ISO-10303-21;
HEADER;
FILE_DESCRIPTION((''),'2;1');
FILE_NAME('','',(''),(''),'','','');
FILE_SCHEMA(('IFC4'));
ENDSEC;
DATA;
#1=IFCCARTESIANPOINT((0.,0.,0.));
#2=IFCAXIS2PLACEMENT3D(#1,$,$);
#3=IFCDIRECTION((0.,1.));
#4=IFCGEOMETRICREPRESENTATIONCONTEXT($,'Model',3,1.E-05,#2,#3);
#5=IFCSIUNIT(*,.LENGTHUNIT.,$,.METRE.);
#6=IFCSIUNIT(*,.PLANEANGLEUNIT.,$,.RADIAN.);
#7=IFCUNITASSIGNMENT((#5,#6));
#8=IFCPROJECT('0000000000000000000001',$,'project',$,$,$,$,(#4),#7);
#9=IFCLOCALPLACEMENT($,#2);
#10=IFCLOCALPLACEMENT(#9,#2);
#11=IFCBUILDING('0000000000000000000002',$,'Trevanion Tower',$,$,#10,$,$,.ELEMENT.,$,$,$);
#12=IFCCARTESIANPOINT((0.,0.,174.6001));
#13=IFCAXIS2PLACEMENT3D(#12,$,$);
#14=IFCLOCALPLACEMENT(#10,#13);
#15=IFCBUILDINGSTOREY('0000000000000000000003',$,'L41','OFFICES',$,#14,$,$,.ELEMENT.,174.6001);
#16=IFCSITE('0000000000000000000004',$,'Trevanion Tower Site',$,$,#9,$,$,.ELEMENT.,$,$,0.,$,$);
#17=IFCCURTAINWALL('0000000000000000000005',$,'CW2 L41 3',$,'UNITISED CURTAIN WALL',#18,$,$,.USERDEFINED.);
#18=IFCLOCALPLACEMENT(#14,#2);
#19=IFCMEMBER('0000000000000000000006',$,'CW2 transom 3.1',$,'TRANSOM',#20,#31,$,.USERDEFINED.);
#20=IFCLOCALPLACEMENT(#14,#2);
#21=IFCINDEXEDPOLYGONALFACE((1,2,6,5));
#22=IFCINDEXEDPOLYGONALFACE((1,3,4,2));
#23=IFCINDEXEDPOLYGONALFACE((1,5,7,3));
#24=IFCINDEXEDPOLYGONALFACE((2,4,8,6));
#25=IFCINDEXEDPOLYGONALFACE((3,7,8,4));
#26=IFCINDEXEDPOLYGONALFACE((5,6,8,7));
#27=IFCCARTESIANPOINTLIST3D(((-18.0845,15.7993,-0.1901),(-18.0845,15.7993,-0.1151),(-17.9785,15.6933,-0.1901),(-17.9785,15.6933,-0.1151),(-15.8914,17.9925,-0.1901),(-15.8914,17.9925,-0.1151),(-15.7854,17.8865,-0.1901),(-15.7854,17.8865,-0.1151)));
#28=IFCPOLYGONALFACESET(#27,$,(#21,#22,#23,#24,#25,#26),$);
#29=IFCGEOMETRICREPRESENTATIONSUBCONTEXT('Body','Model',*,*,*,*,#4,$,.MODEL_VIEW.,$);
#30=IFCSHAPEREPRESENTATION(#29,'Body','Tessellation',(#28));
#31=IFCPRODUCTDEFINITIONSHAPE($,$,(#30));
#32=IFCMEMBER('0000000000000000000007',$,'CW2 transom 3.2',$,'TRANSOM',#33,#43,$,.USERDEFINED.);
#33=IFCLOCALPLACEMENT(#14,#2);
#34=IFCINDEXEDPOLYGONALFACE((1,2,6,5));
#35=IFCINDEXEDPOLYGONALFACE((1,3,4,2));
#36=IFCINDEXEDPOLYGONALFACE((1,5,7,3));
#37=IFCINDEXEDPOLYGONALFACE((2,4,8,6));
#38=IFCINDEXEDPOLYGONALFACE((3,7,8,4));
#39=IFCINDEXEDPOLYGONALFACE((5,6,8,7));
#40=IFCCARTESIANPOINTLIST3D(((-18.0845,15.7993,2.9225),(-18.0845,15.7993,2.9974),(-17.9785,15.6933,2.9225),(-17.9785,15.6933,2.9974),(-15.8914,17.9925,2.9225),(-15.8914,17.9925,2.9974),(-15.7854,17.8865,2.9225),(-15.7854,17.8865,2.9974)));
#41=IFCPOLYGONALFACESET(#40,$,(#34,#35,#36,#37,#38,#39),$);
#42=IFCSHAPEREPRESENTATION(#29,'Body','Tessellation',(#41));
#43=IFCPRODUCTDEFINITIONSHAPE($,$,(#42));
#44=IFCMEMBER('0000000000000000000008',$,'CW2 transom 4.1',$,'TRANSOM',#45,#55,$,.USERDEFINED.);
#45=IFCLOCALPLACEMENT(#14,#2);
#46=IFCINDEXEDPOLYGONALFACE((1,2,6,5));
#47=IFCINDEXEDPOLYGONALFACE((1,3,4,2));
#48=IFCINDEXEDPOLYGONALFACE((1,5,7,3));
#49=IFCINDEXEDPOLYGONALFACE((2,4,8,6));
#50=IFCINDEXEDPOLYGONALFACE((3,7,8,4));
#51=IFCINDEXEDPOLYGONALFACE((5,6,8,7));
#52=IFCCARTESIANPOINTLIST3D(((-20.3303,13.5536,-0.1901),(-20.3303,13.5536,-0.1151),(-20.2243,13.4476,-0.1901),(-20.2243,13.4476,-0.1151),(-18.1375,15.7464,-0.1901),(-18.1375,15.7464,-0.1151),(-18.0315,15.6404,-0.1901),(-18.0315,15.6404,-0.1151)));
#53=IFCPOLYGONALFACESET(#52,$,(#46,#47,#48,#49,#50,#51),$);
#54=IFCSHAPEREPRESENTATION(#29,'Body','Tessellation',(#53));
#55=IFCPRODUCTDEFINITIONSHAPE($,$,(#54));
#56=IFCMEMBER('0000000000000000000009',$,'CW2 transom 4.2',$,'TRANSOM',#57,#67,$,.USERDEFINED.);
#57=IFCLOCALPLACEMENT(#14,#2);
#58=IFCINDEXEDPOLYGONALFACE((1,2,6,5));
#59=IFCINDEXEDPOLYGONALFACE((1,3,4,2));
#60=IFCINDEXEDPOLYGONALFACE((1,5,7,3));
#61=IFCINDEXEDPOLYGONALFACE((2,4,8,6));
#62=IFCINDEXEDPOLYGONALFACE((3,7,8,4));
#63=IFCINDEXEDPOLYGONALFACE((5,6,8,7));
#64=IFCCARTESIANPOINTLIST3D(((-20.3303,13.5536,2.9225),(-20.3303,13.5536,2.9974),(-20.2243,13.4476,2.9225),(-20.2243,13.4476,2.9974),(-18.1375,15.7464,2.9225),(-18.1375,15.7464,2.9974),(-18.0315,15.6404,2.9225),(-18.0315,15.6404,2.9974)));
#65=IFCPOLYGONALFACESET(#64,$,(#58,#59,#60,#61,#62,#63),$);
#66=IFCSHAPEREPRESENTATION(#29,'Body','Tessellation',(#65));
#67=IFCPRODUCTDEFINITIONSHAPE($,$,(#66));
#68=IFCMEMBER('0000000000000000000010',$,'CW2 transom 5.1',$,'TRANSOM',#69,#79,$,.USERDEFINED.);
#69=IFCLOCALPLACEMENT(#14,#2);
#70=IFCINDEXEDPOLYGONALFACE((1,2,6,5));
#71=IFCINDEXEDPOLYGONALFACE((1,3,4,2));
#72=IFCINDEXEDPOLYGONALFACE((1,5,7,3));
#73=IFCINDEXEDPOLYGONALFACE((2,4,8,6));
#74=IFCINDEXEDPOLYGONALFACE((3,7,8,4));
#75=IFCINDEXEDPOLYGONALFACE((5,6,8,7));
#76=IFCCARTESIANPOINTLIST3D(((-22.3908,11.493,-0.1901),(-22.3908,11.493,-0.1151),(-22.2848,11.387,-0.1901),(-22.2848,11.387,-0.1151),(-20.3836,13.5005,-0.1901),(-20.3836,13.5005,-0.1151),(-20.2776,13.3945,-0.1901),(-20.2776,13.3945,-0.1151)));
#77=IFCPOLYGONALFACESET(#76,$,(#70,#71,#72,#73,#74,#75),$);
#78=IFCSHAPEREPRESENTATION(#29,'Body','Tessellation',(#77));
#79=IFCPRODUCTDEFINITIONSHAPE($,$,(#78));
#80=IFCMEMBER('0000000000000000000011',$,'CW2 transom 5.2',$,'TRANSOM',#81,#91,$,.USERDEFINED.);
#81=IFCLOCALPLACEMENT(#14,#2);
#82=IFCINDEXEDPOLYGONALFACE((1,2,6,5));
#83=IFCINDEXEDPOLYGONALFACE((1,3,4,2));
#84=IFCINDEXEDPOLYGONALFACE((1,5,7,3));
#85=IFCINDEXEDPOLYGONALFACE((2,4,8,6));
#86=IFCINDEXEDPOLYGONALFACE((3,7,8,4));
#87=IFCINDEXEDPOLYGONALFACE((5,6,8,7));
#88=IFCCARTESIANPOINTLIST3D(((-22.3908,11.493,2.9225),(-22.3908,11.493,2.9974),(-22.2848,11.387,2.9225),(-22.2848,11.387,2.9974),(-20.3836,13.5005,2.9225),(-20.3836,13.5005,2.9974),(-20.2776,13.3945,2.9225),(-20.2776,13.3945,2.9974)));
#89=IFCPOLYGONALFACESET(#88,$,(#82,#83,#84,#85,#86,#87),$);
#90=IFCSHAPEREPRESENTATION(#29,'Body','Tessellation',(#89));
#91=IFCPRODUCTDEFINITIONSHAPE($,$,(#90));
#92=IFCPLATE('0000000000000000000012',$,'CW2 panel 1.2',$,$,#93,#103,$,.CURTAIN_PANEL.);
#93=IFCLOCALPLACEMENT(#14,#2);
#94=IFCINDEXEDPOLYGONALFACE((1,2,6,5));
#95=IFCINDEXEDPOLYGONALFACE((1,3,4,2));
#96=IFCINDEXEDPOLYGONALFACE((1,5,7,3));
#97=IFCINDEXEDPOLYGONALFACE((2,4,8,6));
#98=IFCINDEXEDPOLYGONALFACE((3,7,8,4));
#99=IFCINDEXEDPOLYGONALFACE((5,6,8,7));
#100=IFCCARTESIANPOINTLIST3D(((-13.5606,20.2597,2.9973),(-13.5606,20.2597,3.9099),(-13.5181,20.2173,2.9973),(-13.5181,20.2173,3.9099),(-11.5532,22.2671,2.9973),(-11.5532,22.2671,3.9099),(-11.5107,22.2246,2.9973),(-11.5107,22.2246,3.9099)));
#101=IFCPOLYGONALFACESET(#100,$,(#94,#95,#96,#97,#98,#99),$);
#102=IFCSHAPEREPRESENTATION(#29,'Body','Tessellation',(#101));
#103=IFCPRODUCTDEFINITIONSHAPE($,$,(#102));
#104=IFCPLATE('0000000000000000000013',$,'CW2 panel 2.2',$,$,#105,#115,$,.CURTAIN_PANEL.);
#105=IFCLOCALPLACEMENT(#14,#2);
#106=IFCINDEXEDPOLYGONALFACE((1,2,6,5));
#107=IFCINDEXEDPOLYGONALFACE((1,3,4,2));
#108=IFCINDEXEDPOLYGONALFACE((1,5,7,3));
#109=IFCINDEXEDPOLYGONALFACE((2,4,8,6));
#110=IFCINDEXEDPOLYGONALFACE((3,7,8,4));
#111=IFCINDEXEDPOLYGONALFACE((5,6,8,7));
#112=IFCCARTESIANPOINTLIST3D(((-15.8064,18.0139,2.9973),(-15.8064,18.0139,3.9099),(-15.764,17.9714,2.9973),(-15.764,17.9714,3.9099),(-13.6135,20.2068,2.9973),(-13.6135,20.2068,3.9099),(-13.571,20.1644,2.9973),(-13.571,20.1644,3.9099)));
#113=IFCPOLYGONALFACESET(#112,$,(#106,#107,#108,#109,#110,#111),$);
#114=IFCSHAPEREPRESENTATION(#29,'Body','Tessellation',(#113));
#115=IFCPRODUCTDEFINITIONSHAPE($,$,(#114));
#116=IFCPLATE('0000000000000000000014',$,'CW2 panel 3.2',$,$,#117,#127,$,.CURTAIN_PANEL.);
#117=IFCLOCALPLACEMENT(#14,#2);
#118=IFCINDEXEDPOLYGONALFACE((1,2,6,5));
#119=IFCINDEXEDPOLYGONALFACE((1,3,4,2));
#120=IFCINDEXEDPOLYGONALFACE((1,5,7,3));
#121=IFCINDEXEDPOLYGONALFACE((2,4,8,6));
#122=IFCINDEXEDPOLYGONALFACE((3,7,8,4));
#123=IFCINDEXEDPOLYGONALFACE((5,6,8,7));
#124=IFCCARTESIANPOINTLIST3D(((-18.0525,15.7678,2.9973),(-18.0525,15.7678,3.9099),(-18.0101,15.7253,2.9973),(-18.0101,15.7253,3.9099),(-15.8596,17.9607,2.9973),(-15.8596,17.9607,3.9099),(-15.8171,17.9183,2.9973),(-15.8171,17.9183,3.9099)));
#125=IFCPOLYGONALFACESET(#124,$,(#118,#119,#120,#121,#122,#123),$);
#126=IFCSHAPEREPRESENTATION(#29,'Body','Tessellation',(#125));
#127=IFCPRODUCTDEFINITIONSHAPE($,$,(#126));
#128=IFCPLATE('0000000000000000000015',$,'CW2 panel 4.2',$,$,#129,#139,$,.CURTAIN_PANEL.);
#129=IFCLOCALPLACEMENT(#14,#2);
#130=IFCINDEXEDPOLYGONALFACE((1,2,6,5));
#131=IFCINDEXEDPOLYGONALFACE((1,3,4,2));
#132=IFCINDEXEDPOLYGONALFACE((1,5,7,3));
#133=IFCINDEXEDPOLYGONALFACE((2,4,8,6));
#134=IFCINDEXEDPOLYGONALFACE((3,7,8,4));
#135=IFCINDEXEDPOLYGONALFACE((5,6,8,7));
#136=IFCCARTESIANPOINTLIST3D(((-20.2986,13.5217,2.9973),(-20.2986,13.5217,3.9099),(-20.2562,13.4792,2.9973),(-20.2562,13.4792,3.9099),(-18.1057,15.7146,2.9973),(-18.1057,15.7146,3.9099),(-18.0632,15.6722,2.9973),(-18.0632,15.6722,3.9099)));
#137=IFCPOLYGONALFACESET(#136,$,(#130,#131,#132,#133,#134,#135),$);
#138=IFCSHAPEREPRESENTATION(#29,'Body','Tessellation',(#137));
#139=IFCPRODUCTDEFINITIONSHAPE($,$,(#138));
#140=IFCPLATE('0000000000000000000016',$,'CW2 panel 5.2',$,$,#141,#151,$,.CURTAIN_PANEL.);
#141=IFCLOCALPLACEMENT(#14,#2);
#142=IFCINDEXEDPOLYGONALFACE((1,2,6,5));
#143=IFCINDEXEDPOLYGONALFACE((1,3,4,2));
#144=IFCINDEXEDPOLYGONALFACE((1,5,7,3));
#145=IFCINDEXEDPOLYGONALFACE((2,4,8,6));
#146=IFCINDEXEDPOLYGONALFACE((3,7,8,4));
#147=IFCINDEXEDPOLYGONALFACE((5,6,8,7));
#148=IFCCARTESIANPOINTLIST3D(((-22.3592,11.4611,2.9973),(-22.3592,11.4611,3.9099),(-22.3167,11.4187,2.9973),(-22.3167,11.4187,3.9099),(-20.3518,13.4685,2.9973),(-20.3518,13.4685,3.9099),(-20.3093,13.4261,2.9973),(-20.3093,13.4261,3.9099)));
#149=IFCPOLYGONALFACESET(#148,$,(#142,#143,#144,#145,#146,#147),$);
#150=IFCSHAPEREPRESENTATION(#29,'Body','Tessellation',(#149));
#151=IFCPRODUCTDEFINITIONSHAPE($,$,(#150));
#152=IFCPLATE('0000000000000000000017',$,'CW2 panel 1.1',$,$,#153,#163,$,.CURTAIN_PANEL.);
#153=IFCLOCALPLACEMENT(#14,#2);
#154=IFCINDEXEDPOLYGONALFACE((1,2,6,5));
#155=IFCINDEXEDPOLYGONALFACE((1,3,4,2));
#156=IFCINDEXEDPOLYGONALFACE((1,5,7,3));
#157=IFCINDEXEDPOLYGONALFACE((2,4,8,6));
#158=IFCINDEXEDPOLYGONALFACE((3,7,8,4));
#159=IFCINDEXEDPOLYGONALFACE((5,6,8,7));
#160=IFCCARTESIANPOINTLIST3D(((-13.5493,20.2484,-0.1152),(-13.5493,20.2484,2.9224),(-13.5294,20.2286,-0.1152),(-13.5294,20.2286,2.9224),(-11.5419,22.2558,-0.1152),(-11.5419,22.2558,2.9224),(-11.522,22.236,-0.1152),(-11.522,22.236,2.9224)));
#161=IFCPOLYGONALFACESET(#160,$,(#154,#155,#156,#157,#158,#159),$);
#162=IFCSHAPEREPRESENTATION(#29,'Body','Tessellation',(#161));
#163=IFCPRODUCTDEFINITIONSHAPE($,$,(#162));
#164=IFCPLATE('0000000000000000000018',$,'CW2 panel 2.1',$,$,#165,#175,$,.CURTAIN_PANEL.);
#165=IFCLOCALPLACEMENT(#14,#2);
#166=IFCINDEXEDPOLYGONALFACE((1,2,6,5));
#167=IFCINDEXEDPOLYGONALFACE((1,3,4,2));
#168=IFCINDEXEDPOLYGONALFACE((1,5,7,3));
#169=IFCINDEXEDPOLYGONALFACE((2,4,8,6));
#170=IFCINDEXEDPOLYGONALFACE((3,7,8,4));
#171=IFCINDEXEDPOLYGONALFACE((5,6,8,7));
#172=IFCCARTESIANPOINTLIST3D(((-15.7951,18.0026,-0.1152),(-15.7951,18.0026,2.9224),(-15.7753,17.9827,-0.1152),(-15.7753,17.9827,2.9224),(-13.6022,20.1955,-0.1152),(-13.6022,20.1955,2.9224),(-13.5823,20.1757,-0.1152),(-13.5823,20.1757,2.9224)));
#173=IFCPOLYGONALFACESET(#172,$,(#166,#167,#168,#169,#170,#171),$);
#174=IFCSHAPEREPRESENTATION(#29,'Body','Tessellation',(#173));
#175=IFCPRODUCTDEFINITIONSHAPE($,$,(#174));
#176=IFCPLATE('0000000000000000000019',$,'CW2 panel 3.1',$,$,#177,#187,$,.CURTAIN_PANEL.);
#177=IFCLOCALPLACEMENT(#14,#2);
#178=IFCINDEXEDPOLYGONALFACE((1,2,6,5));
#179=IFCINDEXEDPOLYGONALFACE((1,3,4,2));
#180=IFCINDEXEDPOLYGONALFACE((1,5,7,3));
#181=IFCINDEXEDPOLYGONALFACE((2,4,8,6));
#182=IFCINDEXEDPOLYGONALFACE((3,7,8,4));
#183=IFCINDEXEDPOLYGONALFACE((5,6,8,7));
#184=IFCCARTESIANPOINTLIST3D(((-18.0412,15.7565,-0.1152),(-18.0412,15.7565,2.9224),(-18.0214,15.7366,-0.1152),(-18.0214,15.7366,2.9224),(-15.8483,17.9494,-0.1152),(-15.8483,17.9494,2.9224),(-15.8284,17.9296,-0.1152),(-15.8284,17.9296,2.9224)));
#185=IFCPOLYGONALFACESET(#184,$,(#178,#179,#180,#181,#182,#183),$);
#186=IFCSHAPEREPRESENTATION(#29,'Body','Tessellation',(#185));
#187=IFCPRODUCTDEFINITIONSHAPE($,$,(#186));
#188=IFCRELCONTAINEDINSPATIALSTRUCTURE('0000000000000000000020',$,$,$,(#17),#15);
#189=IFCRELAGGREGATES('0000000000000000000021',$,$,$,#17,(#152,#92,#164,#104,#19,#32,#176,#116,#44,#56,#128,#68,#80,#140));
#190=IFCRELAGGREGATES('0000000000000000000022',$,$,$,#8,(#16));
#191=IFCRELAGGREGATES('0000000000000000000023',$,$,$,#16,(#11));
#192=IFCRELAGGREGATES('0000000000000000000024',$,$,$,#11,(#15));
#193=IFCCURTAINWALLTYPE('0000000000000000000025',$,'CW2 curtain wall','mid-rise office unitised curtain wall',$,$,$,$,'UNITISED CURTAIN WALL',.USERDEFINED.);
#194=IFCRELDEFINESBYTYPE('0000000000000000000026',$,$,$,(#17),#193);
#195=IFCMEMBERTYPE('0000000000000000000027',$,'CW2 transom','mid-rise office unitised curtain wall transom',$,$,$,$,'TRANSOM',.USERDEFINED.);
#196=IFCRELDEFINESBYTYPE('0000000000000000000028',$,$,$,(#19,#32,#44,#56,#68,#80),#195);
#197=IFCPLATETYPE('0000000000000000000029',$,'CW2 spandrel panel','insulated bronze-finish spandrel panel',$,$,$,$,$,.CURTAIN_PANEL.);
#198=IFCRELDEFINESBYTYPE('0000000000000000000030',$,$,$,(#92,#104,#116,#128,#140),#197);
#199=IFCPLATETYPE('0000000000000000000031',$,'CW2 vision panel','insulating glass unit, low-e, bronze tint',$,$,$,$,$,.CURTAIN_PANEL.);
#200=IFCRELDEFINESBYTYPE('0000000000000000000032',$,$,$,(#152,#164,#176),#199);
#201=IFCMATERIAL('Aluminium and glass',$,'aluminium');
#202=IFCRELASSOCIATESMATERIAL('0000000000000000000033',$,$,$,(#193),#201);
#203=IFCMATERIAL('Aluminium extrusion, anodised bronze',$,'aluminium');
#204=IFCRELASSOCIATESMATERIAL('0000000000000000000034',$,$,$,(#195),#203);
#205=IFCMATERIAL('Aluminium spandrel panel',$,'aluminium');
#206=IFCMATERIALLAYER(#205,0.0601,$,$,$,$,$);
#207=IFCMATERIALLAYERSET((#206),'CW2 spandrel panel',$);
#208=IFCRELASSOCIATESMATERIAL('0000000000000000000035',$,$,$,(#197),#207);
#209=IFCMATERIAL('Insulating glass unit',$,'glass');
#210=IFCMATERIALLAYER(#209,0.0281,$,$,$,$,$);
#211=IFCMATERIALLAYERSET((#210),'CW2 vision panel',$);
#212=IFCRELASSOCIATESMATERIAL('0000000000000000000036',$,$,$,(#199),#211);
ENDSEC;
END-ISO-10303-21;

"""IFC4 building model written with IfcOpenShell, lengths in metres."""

from ifc_helpers import new_model, si_unit, direction, frame, origin, origin_2d, place, context, subcontext, project, spatial, rectangle, extrude, material, layer, layer_set, material_profile, profile_set, type_object, element, aggregate, save


model = new_model("IFC4")

# Units and contexts
model_context = context("Model", 3, precision=1e-05, world=origin(), true_north=direction((0.0, 1.0)))
body_context = subcontext(model_context, "Body", "Model", "MODEL_VIEW")
ifc_project = project(units=[si_unit("LENGTHUNIT", "METRE"), si_unit("PLANEANGLEUNIT", "RADIAN")], contexts=[model_context])

# Site, building, storey
site_placement = place(None, origin())
site = spatial("IfcSite", under=ifc_project, at=site_placement, Name="Trevanion Tower Site", CompositionType="ELEMENT", RefElevation=0.0)
building_placement = place(site_placement, origin())
building = spatial("IfcBuilding", under=site, at=building_placement, Name="Trevanion Tower", CompositionType="ELEMENT")
storey_placement = place(building_placement, frame((0.0, 0.0, 174.6001)))
storey = spatial("IfcBuildingStorey", under=building, at=storey_placement, Name="L41", Description="OFFICES", CompositionType="ELEMENT", Elevation=174.6001)

# Curtain wall
ifc_material_1 = material(Name="Aluminium and glass", Category="aluminium")
curtain_wall_type = type_object("IfcCurtainWallType", Name="CW2 curtain wall", Description="mid-rise office unitised curtain wall", ElementType="UNITISED CURTAIN WALL", PredefinedType="USERDEFINED", material=ifc_material_1)
curtain_wall_1_placement = place(storey_placement, origin())
curtain_wall_1 = element("IfcCurtainWall", 1, at=curtain_wall_1_placement, inside=storey, type_object=curtain_wall_type, Name="CW2 L41 3", ObjectType="UNITISED CURTAIN WALL", PredefinedType="USERDEFINED")

# Members
ifc_material_2 = material(Name="Aluminium extrusion, anodised bronze", Category="aluminium")
ifc_material_profile_1 = material_profile(ifc_material_2, rectangle(XDim=0.1499, YDim=0.075, at=origin_2d()), Name="CW2 transom")
ifc_profile_set_1 = profile_set([ifc_material_profile_1], Name="Aluminium extrusion, anodised bronze")
member_type_1 = type_object("IfcMemberType", Name="CW2 transom", Description="mid-rise office unitised curtain wall transom", ElementType="TRANSOM", PredefinedType="USERDEFINED", material=ifc_profile_set_1)
member_1_placement = place(storey_placement, frame((-15.8384, 17.9395, -0.1526), z_axis=(-0.707107, -0.707107, 0.0), x_axis=(0.707107, -0.707107, 0.0)))
member_1 = element("IfcMember", 2, at=member_1_placement, type_object=member_type_1, Name="CW2 transom 3.1", ObjectType="TRANSOM", PredefinedType="USERDEFINED", context=body_context, shape_type="SweptSolid", body=[
    extrude(rectangle(XDim=0.1499, YDim=0.075, at=origin_2d()), origin(), (0.0, 0.0, 1.0), 3.1016),
])
member_2_placement = place(storey_placement, frame((-15.8384, 17.9395, 2.96), z_axis=(-0.707107, -0.707107, 0.0), x_axis=(0.707107, -0.707107, 0.0)))
member_2 = element("IfcMember", 3, at=member_2_placement, type_object=member_type_1, Name="CW2 transom 3.2", ObjectType="TRANSOM", PredefinedType="USERDEFINED", context=body_context, shape_type="SweptSolid", body=[
    extrude(rectangle(XDim=0.1499, YDim=0.075, at=origin_2d()), origin(), (0.0, 0.0, 1.0), 3.1016),
])
member_3_placement = place(storey_placement, frame((-18.0845, 15.6934, -0.1526), z_axis=(-0.707107, -0.707107, 0.0), x_axis=(0.707107, -0.707107, 0.0)))
member_3 = element("IfcMember", 4, at=member_3_placement, type_object=member_type_1, Name="CW2 transom 4.1", ObjectType="TRANSOM", PredefinedType="USERDEFINED", context=body_context, shape_type="SweptSolid", body=[
    extrude(rectangle(XDim=0.1499, YDim=0.075, at=origin_2d()), origin(), (0.0, 0.0, 1.0), 3.1011),
])
member_4_placement = place(storey_placement, frame((-18.0845, 15.6934, 2.96), z_axis=(-0.707107, -0.707107, 0.0), x_axis=(0.707107, -0.707107, 0.0)))
member_4 = element("IfcMember", 5, at=member_4_placement, type_object=member_type_1, Name="CW2 transom 4.2", ObjectType="TRANSOM", PredefinedType="USERDEFINED", context=body_context, shape_type="SweptSolid", body=[
    extrude(rectangle(XDim=0.1499, YDim=0.075, at=origin_2d()), origin(), (0.0, 0.0, 1.0), 3.1011),
])
member_5_placement = place(storey_placement, frame((-20.3306, 13.4475, -0.1526), z_axis=(-0.707064, -0.70715, 0.0), x_axis=(0.70715, -0.707064, 0.0)))
member_5 = element("IfcMember", 6, at=member_5_placement, type_object=member_type_1, Name="CW2 transom 5.1", ObjectType="TRANSOM", PredefinedType="USERDEFINED", context=body_context, shape_type="SweptSolid", body=[
    extrude(rectangle(XDim=0.1499, YDim=0.075, at=origin_2d()), origin(), (0.0, 0.0, 1.0), 2.8389),
])
member_6_placement = place(storey_placement, frame((-20.3306, 13.4475, 2.96), z_axis=(-0.707064, -0.70715, 0.0), x_axis=(0.70715, -0.707064, 0.0)))
member_6 = element("IfcMember", 7, at=member_6_placement, type_object=member_type_1, Name="CW2 transom 5.2", ObjectType="TRANSOM", PredefinedType="USERDEFINED", context=body_context, shape_type="SweptSolid", body=[
    extrude(rectangle(XDim=0.1499, YDim=0.075, at=origin_2d()), origin(), (0.0, 0.0, 1.0), 2.8389),
])

# Plates
ifc_material_3 = material(Name="Aluminium spandrel panel", Category="aluminium")
ifc_layer_1 = layer(ifc_material_3, 0.0601)
ifc_layer_set_1 = layer_set([ifc_layer_1], Name="CW2 spandrel panel")
plate_type_1 = type_object("IfcPlateType", Name="CW2 spandrel panel", Description="insulated bronze-finish spandrel panel", PredefinedType="CURTAIN_PANEL", material=ifc_layer_set_1)
plate_1_placement = place(storey_placement, frame((-12.5356, 21.2422, 2.9973), z_axis=(0.0, 0.0, 1.0), x_axis=(-0.707107, -0.707107, 0.0)))
plate_1 = element("IfcPlate", 8, at=plate_1_placement, type_object=plate_type_1, Name="CW2 panel 1.2", PredefinedType="CURTAIN_PANEL", context=body_context, shape_type="SweptSolid", body=[
    extrude(rectangle(XDim=2.8389, YDim=0.0601, at=origin_2d()), origin(), (0.0, 0.0, 1.0), 0.9126),
])
plate_2_placement = place(storey_placement, frame((-14.6887, 19.0891, 2.9973), z_axis=(0.0, 0.0, 1.0), x_axis=(-0.707107, -0.707107, 0.0)))
plate_2 = element("IfcPlate", 9, at=plate_2_placement, type_object=plate_type_1, Name="CW2 panel 2.2", PredefinedType="CURTAIN_PANEL", context=body_context, shape_type="SweptSolid", body=[
    extrude(rectangle(XDim=3.1013, YDim=0.0601, at=origin_2d()), origin(), (0.0, 0.0, 1.0), 0.9126),
])
plate_3_placement = place(storey_placement, frame((-16.9348, 16.843, 2.9973), z_axis=(0.0, 0.0, 1.0), x_axis=(-0.707107, -0.707107, 0.0)))
plate_3 = element("IfcPlate", 10, at=plate_3_placement, type_object=plate_type_1, Name="CW2 panel 3.2", PredefinedType="CURTAIN_PANEL", context=body_context, shape_type="SweptSolid", body=[
    extrude(rectangle(XDim=3.1013, YDim=0.0601, at=origin_2d()), origin(), (0.0, 0.0, 1.0), 0.9126),
])
plate_4_placement = place(storey_placement, frame((-19.1809, 14.5969, 2.9973), z_axis=(0.0, 0.0, 1.0), x_axis=(-0.707107, -0.707107, 0.0)))
plate_4 = element("IfcPlate", 11, at=plate_4_placement, type_object=plate_type_1, Name="CW2 panel 4.2", PredefinedType="CURTAIN_PANEL", context=body_context, shape_type="SweptSolid", body=[
    extrude(rectangle(XDim=3.1013, YDim=0.0601, at=origin_2d()), origin(), (0.0, 0.0, 1.0), 0.9126),
])
plate_5_placement = place(storey_placement, frame((-21.3342, 12.4436, 2.9973), z_axis=(0.0, 0.0, 1.0), x_axis=(-0.707107, -0.707107, 0.0)))
plate_5 = element("IfcPlate", 12, at=plate_5_placement, type_object=plate_type_1, Name="CW2 panel 5.2", PredefinedType="CURTAIN_PANEL", context=body_context, shape_type="SweptSolid", body=[
    extrude(rectangle(XDim=2.8389, YDim=0.0601, at=origin_2d()), origin(), (0.0, 0.0, 1.0), 0.9126),
])
ifc_material_4 = material(Name="Insulating glass unit", Category="glass")
ifc_layer_2 = layer(ifc_material_4, 0.0281)
ifc_layer_set_2 = layer_set([ifc_layer_2], Name="CW2 vision panel")
plate_type_2 = type_object("IfcPlateType", Name="CW2 vision panel", Description="insulating glass unit, low-e, bronze tint", PredefinedType="CURTAIN_PANEL", material=ifc_layer_set_2)
plate_6_placement = place(storey_placement, frame((-12.5356, 21.2422, -0.1152), z_axis=(0.0, 0.0, 1.0), x_axis=(-0.707107, -0.707107, 0.0)))
plate_6 = element("IfcPlate", 13, at=plate_6_placement, type_object=plate_type_2, Name="CW2 panel 1.1", PredefinedType="CURTAIN_PANEL", context=body_context, shape_type="SweptSolid", body=[
    extrude(rectangle(XDim=2.8389, YDim=0.0281, at=origin_2d()), origin(), (0.0, 0.0, 1.0), 3.0376),
])
plate_7_placement = place(storey_placement, frame((-14.6887, 19.0891, -0.1152), z_axis=(0.0, 0.0, 1.0), x_axis=(-0.707107, -0.707107, 0.0)))
plate_7 = element("IfcPlate", 14, at=plate_7_placement, type_object=plate_type_2, Name="CW2 panel 2.1", PredefinedType="CURTAIN_PANEL", context=body_context, shape_type="SweptSolid", body=[
    extrude(rectangle(XDim=3.1013, YDim=0.0281, at=origin_2d()), origin(), (0.0, 0.0, 1.0), 3.0376),
])
plate_8_placement = place(storey_placement, frame((-16.9348, 16.843, -0.1152), z_axis=(0.0, 0.0, 1.0), x_axis=(-0.707107, -0.707107, 0.0)))
plate_8 = element("IfcPlate", 15, at=plate_8_placement, type_object=plate_type_2, Name="CW2 panel 3.1", PredefinedType="CURTAIN_PANEL", context=body_context, shape_type="SweptSolid", body=[
    extrude(rectangle(XDim=3.1013, YDim=0.0281, at=origin_2d()), origin(), (0.0, 0.0, 1.0), 3.0376),
])
aggregate(curtain_wall_1, [plate_6, plate_1, plate_7, plate_2, member_1, member_2, plate_8, plate_3, member_3, member_4, plate_4, member_5, member_6, plate_5])

save(model, "model.ifc")
